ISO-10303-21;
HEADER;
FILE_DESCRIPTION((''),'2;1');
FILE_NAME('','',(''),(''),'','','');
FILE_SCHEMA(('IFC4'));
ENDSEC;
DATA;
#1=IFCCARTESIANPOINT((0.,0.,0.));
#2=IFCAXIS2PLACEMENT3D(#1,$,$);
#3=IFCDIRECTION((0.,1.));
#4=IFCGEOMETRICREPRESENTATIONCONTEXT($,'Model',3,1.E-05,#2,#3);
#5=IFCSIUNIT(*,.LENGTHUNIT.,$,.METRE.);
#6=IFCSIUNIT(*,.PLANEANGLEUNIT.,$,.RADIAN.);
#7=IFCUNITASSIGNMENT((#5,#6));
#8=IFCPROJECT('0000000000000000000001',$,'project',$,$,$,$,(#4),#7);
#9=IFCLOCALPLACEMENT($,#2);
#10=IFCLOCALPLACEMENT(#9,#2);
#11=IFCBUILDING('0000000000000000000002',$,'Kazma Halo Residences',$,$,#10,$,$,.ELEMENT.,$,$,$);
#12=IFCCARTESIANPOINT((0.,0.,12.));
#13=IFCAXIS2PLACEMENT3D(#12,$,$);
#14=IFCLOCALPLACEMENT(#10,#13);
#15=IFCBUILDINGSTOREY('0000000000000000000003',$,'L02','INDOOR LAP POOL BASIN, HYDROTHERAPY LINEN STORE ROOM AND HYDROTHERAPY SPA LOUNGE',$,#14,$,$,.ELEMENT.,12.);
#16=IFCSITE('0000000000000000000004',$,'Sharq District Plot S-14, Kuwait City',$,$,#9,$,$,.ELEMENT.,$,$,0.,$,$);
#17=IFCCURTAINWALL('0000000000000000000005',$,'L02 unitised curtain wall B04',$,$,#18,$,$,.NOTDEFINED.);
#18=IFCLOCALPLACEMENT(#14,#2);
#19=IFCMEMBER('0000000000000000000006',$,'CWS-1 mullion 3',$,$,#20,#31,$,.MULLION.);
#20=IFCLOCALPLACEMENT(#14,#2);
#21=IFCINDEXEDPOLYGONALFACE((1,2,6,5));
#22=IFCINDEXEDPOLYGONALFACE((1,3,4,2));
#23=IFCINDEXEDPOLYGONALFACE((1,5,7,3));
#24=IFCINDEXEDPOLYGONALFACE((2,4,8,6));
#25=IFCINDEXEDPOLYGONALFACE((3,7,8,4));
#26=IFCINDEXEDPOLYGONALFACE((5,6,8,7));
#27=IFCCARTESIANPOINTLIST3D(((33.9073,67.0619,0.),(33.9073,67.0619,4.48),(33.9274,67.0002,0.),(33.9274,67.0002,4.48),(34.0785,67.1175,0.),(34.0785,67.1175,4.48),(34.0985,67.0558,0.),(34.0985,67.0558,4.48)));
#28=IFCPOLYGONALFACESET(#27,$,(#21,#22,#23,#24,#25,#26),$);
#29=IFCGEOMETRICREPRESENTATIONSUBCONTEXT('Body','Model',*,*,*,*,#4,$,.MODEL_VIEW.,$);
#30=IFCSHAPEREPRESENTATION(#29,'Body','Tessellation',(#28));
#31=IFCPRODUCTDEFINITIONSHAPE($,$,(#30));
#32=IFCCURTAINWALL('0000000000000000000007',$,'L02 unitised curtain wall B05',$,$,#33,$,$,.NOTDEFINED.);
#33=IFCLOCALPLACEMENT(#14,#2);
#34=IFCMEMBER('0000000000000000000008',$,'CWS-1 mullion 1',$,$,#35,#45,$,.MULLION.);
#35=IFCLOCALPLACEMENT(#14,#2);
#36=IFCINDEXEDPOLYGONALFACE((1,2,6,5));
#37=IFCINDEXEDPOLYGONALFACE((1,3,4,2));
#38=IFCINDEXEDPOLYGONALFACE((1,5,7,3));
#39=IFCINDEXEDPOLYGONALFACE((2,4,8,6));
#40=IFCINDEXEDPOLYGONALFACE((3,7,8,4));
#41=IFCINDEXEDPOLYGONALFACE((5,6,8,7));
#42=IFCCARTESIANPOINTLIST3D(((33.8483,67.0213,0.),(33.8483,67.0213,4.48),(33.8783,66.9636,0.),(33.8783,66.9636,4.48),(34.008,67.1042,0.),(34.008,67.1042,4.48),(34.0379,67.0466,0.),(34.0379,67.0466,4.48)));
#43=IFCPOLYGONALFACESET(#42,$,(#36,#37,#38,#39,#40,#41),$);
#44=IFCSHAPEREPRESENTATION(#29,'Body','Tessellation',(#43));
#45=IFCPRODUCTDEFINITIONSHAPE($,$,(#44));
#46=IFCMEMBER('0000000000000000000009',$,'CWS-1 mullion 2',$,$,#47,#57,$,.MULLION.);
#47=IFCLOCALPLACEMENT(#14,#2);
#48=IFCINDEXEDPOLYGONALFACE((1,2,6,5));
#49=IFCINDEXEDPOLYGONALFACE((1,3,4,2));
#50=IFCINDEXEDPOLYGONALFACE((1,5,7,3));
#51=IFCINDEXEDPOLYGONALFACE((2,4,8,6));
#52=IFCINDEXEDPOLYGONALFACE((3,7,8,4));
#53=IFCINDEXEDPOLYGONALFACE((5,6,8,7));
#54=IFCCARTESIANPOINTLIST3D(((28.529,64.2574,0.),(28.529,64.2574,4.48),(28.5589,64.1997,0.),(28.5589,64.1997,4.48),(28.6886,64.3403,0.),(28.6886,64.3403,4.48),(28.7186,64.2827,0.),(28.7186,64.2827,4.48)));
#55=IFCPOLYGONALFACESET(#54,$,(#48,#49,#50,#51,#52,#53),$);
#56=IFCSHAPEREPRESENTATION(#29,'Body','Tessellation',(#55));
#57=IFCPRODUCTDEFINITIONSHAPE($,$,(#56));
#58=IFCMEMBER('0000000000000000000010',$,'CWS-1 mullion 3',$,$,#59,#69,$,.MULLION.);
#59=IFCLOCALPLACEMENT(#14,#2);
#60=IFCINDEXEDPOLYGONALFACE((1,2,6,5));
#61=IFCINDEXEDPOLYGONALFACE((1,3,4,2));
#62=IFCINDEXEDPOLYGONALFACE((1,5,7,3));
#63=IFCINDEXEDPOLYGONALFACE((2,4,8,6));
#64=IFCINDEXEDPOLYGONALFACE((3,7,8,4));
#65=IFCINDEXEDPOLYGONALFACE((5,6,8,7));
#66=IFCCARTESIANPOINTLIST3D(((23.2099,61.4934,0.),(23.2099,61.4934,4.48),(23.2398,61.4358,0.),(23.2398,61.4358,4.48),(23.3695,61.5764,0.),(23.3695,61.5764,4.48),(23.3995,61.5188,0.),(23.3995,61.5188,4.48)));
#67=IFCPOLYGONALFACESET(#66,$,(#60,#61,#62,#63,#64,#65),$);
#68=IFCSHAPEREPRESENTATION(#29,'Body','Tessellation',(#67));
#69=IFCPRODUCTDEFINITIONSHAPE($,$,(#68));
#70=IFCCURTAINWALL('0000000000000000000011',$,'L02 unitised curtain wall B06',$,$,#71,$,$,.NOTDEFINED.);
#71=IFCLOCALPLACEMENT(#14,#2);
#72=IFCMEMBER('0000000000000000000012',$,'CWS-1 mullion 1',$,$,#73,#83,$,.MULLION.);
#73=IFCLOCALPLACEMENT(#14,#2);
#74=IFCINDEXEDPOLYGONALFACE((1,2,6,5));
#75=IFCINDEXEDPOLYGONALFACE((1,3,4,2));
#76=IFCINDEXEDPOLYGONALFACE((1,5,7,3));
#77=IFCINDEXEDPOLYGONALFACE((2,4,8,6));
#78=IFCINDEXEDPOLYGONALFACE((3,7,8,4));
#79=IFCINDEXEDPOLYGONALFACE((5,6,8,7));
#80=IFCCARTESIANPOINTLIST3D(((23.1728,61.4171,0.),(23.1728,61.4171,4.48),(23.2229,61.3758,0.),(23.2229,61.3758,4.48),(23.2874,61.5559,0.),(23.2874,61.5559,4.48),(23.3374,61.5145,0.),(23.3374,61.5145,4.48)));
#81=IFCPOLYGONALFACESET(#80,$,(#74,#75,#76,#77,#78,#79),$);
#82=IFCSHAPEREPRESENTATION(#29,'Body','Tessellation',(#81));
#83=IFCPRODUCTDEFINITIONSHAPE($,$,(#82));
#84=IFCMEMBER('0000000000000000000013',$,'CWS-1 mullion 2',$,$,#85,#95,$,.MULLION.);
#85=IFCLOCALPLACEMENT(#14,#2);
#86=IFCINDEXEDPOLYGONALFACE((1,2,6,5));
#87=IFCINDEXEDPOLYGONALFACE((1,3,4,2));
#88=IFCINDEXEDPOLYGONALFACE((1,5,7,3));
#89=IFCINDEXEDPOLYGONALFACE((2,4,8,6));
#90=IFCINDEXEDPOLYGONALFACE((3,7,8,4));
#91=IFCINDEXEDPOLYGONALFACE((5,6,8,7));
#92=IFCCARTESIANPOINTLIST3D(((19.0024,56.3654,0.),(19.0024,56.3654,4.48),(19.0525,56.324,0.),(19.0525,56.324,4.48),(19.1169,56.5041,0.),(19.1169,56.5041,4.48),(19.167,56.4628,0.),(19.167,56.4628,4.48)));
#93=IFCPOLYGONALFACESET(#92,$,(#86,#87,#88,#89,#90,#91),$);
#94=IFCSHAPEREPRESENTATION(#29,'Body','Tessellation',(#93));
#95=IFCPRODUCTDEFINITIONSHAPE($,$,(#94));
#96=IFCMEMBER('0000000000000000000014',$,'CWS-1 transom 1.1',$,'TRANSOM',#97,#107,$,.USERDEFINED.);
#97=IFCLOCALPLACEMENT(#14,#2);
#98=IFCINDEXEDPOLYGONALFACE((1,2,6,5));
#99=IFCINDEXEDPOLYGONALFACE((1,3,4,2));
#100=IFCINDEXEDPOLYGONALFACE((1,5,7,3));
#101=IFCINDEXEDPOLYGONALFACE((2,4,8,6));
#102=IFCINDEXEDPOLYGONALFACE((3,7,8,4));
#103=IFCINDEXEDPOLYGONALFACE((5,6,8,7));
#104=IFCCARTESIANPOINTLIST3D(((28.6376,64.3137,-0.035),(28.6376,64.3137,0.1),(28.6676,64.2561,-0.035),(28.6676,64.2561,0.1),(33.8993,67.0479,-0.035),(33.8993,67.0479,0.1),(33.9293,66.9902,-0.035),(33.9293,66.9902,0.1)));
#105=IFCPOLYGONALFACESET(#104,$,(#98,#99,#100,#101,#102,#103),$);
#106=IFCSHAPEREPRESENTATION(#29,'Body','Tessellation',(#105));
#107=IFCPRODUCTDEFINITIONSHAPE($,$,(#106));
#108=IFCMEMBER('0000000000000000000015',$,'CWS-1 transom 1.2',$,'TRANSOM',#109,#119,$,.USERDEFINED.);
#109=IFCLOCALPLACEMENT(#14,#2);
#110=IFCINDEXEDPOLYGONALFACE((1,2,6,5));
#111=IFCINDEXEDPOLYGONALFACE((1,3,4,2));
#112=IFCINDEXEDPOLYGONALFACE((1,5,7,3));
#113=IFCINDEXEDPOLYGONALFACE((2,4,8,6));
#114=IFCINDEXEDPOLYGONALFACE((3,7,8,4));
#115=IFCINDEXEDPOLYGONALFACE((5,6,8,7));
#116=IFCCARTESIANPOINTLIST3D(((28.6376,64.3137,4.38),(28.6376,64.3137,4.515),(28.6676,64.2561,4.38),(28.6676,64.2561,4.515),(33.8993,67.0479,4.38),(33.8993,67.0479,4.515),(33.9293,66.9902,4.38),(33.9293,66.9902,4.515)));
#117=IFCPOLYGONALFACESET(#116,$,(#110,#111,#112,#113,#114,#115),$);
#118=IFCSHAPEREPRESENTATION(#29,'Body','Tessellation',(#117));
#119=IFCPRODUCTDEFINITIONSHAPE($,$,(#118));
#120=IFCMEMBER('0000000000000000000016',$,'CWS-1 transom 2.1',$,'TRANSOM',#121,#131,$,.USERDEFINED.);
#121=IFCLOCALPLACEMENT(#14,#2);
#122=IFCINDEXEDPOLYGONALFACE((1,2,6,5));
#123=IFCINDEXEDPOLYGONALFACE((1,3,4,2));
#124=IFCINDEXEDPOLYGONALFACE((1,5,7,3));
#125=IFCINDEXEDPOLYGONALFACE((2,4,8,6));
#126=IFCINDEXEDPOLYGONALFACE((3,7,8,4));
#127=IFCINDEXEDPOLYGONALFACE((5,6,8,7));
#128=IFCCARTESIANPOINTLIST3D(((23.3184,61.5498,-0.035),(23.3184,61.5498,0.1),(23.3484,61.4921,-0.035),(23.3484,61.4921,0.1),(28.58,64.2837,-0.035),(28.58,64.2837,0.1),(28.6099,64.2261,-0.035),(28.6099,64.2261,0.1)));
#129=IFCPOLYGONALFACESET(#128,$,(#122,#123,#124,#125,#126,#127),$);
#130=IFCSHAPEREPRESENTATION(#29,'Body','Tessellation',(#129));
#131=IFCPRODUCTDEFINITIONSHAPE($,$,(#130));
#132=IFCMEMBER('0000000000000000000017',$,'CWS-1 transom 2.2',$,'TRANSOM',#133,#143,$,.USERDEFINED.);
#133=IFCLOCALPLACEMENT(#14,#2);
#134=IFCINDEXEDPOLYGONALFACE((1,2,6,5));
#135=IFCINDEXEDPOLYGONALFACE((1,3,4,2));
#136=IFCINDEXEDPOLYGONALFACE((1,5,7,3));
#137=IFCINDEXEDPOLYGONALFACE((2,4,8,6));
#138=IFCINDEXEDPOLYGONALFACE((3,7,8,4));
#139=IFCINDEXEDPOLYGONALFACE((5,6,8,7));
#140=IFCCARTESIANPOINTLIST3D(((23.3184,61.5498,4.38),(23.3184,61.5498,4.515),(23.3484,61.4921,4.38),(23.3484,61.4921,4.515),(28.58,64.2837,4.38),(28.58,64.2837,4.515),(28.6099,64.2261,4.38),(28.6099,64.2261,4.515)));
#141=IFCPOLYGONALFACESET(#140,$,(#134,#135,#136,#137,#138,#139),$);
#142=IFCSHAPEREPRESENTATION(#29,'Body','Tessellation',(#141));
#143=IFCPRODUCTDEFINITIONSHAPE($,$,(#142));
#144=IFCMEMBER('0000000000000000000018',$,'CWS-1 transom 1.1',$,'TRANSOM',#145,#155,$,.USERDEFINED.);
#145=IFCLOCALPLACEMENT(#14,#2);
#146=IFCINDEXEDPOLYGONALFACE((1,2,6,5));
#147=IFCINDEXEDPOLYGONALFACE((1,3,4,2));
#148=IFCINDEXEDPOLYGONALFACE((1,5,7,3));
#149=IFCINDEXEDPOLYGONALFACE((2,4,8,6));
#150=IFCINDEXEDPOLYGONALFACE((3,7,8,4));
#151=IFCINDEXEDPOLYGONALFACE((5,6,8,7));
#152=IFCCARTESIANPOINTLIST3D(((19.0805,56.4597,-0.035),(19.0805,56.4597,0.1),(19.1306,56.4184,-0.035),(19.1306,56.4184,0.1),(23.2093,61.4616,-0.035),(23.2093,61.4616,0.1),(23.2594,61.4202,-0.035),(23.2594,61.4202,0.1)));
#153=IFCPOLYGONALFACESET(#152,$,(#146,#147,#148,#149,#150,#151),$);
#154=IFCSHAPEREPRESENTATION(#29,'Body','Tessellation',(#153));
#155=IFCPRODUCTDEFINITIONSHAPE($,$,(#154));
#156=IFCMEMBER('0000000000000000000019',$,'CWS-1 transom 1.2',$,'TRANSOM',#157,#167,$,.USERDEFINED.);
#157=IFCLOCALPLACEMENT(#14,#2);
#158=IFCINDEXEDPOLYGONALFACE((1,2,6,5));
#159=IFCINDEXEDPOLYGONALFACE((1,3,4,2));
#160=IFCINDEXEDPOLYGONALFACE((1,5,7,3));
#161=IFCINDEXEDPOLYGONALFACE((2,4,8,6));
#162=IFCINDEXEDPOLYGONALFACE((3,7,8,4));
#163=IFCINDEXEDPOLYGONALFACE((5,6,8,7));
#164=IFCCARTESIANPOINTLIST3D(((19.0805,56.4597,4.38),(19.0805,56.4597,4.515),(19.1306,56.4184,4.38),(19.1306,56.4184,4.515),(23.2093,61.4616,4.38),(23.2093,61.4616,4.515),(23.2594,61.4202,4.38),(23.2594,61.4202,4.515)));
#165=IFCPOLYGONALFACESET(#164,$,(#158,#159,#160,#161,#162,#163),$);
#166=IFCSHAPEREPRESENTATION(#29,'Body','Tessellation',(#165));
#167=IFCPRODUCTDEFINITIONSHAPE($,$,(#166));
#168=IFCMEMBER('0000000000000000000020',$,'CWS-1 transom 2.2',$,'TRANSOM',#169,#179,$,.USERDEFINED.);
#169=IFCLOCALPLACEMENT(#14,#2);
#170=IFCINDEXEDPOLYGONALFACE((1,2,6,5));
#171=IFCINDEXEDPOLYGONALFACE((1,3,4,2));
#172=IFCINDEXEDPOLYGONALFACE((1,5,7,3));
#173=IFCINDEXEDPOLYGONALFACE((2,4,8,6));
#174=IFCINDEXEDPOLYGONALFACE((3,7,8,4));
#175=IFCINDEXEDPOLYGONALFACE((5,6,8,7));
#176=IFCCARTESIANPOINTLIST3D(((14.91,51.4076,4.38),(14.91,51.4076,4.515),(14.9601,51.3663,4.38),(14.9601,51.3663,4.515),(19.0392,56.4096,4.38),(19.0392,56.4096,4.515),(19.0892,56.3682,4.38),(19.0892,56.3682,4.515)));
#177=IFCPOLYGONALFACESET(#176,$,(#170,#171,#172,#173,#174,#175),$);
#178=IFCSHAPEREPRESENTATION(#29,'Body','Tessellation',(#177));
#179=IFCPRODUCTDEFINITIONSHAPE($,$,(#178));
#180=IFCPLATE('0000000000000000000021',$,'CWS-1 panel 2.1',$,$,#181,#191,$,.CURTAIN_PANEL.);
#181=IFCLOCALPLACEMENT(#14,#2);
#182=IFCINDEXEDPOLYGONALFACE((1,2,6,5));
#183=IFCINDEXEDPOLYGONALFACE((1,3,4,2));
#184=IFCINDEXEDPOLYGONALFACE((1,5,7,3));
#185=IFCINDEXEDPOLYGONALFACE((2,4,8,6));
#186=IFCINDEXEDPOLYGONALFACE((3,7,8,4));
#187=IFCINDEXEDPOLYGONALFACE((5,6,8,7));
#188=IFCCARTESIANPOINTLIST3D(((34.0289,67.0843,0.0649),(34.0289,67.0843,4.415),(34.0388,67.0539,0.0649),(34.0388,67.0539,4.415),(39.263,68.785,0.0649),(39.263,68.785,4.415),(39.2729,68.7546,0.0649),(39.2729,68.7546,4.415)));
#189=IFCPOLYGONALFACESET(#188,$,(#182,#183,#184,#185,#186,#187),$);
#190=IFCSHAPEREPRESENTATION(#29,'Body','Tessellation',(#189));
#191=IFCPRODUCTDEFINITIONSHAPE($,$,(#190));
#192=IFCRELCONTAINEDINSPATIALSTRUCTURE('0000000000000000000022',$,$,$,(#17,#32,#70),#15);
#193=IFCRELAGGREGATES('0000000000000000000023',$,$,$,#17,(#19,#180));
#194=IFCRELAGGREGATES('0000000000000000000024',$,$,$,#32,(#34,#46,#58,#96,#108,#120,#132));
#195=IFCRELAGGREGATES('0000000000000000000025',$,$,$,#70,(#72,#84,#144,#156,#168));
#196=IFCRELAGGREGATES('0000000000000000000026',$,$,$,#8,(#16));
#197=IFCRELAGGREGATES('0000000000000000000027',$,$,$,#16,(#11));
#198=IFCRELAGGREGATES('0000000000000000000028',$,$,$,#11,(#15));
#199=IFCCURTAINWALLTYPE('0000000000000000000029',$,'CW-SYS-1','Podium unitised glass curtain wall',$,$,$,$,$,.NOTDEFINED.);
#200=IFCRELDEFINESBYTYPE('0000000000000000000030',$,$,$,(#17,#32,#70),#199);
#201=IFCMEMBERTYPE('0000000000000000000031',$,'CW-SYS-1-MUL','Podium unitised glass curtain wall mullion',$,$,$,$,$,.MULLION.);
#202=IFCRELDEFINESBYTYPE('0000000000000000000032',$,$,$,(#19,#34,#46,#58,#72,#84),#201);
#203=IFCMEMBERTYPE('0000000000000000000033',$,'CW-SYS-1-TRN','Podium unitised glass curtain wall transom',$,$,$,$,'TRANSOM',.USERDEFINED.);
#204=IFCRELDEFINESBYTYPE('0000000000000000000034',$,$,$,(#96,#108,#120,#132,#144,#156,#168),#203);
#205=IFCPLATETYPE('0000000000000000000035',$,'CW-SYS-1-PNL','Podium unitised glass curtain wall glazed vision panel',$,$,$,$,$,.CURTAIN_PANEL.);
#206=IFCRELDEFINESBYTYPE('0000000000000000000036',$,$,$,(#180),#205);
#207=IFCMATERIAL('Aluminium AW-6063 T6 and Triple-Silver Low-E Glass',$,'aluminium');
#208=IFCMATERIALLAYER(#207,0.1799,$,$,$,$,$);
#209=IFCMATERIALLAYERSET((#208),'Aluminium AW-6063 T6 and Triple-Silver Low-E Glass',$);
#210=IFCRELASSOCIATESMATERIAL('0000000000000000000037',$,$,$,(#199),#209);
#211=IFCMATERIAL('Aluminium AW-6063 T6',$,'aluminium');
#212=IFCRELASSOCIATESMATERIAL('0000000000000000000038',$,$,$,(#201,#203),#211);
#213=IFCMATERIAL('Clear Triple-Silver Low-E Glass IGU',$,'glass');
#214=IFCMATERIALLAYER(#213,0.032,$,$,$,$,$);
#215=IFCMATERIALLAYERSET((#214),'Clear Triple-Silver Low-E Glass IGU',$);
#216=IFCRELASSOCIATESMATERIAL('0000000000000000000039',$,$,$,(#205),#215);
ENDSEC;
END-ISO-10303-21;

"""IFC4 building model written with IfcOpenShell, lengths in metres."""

from ifc_helpers import new_model, si_unit, direction, frame, origin, origin_2d, place, context, subcontext, project, spatial, rectangle, extrude, material, layer, layer_set, material_profile, profile_set, type_object, element, aggregate, save


model = new_model("IFC4")

# Units and contexts
model_context = context("Model", 3, precision=1e-05, world=origin(), true_north=direction((0.0, 1.0)))
body_context = subcontext(model_context, "Body", "Model", "MODEL_VIEW")
ifc_project = project(units=[si_unit("LENGTHUNIT", "METRE"), si_unit("PLANEANGLEUNIT", "RADIAN")], contexts=[model_context])

# Site, building, storey
site_placement = place(None, origin())
site = spatial("IfcSite", under=ifc_project, at=site_placement, Name="Sharq District Plot S-14, Kuwait City", CompositionType="ELEMENT", RefElevation=0.0)
building_placement = place(site_placement, origin())
building = spatial("IfcBuilding", under=site, at=building_placement, Name="Kazma Halo Residences", CompositionType="ELEMENT")
storey_placement = place(building_placement, frame((0.0, 0.0, 12.0)))
storey = spatial("IfcBuildingStorey", under=building, at=storey_placement, Name="L02", Description="INDOOR LAP POOL BASIN, HYDROTHERAPY LINEN STORE ROOM AND HYDROTHERAPY SPA LOUNGE", CompositionType="ELEMENT", Elevation=12.0)

# Curtain wall, member
ifc_material_1 = material(Name="Aluminium AW-6063 T6 and Triple-Silver Low-E Glass", Category="aluminium")
ifc_layer_1 = layer(ifc_material_1, 0.1799)
ifc_layer_set_1 = layer_set([ifc_layer_1], Name="Aluminium AW-6063 T6 and Triple-Silver Low-E Glass")
curtain_wall_type = type_object("IfcCurtainWallType", Name="CW-SYS-1", Description="Podium unitised glass curtain wall", PredefinedType="NOTDEFINED", material=ifc_layer_set_1)
curtain_wall_1_placement = place(storey_placement, origin())
curtain_wall_1 = element("IfcCurtainWall", 1, at=curtain_wall_1_placement, inside=storey, type_object=curtain_wall_type, Name="L02 unitised curtain wall B04", PredefinedType="NOTDEFINED")
ifc_material_2 = material(Name="Aluminium AW-6063 T6", Category="aluminium")
ifc_material_profile_1 = material_profile(ifc_material_2, rectangle(XDim=0.0649, YDim=0.1799, at=origin_2d()), Name="CWM-65x180")
ifc_profile_set_1 = profile_set([ifc_material_profile_1], Name="Aluminium AW-6063 T6")
member_type_1 = type_object("IfcMemberType", Name="CW-SYS-1-MUL", Description="Podium unitised glass curtain wall mullion", PredefinedType="MULLION", material=ifc_profile_set_1)
member_1_placement = place(storey_placement, frame((34.0029, 67.0588, 0.0), z_axis=(0.0, 0.0, 1.0), x_axis=(0.309017, -0.951056, 0.0)))
member_1 = element("IfcMember", 2, at=member_1_placement, type_object=member_type_1, Name="CWS-1 mullion 3", PredefinedType="MULLION", context=body_context, shape_type="SweptSolid", body=[
    extrude(rectangle(XDim=0.0649, YDim=0.1799, at=origin_2d()), origin(), (0.0, 0.0, 1.0), 4.48),
])

# Curtain walls, members
curtain_wall_2_placement = place(storey_placement, origin())
curtain_wall_2 = element("IfcCurtainWall", 3, at=curtain_wall_2_placement, inside=storey, type_object=curtain_wall_type, Name="L02 unitised curtain wall B05", PredefinedType="NOTDEFINED")
member_2_placement = place(storey_placement, frame((33.9431, 67.0339, 0.0), z_axis=(0.0, 0.0, 1.0), x_axis=(0.461087, -0.887355, 0.0)))
member_2 = element("IfcMember", 4, at=member_2_placement, type_object=member_type_1, Name="CWS-1 mullion 1", PredefinedType="MULLION", context=body_context, shape_type="SweptSolid", body=[
    extrude(rectangle(XDim=0.0649, YDim=0.1799, at=origin_2d()), origin(), (0.0, 0.0, 1.0), 4.48),
])
member_3_placement = place(storey_placement, frame((28.6238, 64.27, 0.0), z_axis=(0.0, 0.0, 1.0), x_axis=(0.461087, -0.887355, 0.0)))
member_3 = element("IfcMember", 5, at=member_3_placement, type_object=member_type_1, Name="CWS-1 mullion 2", PredefinedType="MULLION", context=body_context, shape_type="SweptSolid", body=[
    extrude(rectangle(XDim=0.0649, YDim=0.1799, at=origin_2d()), origin(), (0.0, 0.0, 1.0), 4.48),
])
member_4_placement = place(storey_placement, frame((23.3047, 61.5061, 0.0), z_axis=(0.0, 0.0, 1.0), x_axis=(0.461087, -0.887355, 0.0)))
member_4 = element("IfcMember", 6, at=member_4_placement, type_object=member_type_1, Name="CWS-1 mullion 3", PredefinedType="MULLION", context=body_context, shape_type="SweptSolid", body=[
    extrude(rectangle(XDim=0.0649, YDim=0.1799, at=origin_2d()), origin(), (0.0, 0.0, 1.0), 4.48),
])
curtain_wall_3_placement = place(storey_placement, origin())
curtain_wall_3 = element("IfcCurtainWall", 7, at=curtain_wall_3_placement, inside=storey, type_object=curtain_wall_type, Name="L02 unitised curtain wall B06", PredefinedType="NOTDEFINED")
member_5_placement = place(storey_placement, frame((23.2551, 61.4658, 0.0), z_axis=(0.0, 0.0, 1.0), x_axis=(0.771192, -0.636603, 0.0)))
member_5 = element("IfcMember", 8, at=member_5_placement, type_object=member_type_1, Name="CWS-1 mullion 1", PredefinedType="MULLION", context=body_context, shape_type="SweptSolid", body=[
    extrude(rectangle(XDim=0.0649, YDim=0.1799, at=origin_2d()), origin(), (0.0, 0.0, 1.0), 4.48),
])
member_6_placement = place(storey_placement, frame((19.0847, 56.4141, 0.0), z_axis=(0.0, 0.0, 1.0), x_axis=(0.771192, -0.636603, 0.0)))
member_6 = element("IfcMember", 9, at=member_6_placement, type_object=member_type_1, Name="CWS-1 mullion 2", PredefinedType="MULLION", context=body_context, shape_type="SweptSolid", body=[
    extrude(rectangle(XDim=0.0649, YDim=0.1799, at=origin_2d()), origin(), (0.0, 0.0, 1.0), 4.48),
])

# Members
ifc_material_profile_2 = material_profile(ifc_material_2, rectangle(XDim=0.0649, YDim=0.135, at=origin_2d()), Name="CWT-65x135")
ifc_profile_set_2 = profile_set([ifc_material_profile_2], Name="Aluminium AW-6063 T6")
member_type_2 = type_object("IfcMemberType", Name="CW-SYS-1-TRN", Description="Podium unitised glass curtain wall transom", ElementType="TRANSOM", PredefinedType="USERDEFINED", material=ifc_profile_set_2)
member_7_placement = place(storey_placement, frame((33.9143, 67.019, 0.0325), z_axis=(-0.887352, -0.461092, 0.0), x_axis=(0.461092, -0.887352, 0.0)))
member_7 = element("IfcMember", 10, at=member_7_placement, type_object=member_type_2, Name="CWS-1 transom 1.1", ObjectType="TRANSOM", PredefinedType="USERDEFINED", context=body_context, shape_type="SweptSolid", body=[
    extrude(rectangle(XDim=0.0649, YDim=0.135, at=origin_2d()), origin(), (0.0, 0.0, 1.0), 5.9297),
])
member_8_placement = place(storey_placement, frame((33.9143, 67.019, 4.4475), z_axis=(-0.887352, -0.461092, 0.0), x_axis=(0.461092, -0.887352, 0.0)))
member_8 = element("IfcMember", 11, at=member_8_placement, type_object=member_type_2, Name="CWS-1 transom 1.2", ObjectType="TRANSOM", PredefinedType="USERDEFINED", context=body_context, shape_type="SweptSolid", body=[
    extrude(rectangle(XDim=0.0649, YDim=0.135, at=origin_2d()), origin(), (0.0, 0.0, 1.0), 5.9297),
])
member_9_placement = place(storey_placement, frame((28.595, 64.2549, 0.0325), z_axis=(-0.88736, -0.461077, 0.0), x_axis=(0.461077, -0.88736, 0.0)))
member_9 = element("IfcMember", 12, at=member_9_placement, type_object=member_type_2, Name="CWS-1 transom 2.1", ObjectType="TRANSOM", PredefinedType="USERDEFINED", context=body_context, shape_type="SweptSolid", body=[
    extrude(rectangle(XDim=0.0649, YDim=0.135, at=origin_2d()), origin(), (0.0, 0.0, 1.0), 5.9294),
])
member_10_placement = place(storey_placement, frame((28.595, 64.2549, 4.4475), z_axis=(-0.88736, -0.461077, 0.0), x_axis=(0.461077, -0.88736, 0.0)))
member_10 = element("IfcMember", 13, at=member_10_placement, type_object=member_type_2, Name="CWS-1 transom 2.2", ObjectType="TRANSOM", PredefinedType="USERDEFINED", context=body_context, shape_type="SweptSolid", body=[
    extrude(rectangle(XDim=0.0649, YDim=0.135, at=origin_2d()), origin(), (0.0, 0.0, 1.0), 5.9294),
])
member_11_placement = place(storey_placement, frame((23.2344, 61.4409, 0.0325), z_axis=(-0.636593, -0.7712, 0.0), x_axis=(0.7712, -0.636593, 0.0)))
member_11 = element("IfcMember", 14, at=member_11_placement, type_object=member_type_2, Name="CWS-1 transom 1.1", ObjectType="TRANSOM", PredefinedType="USERDEFINED", context=body_context, shape_type="SweptSolid", body=[
    extrude(rectangle(XDim=0.0649, YDim=0.135, at=origin_2d()), origin(), (0.0, 0.0, 1.0), 6.4858),
])
member_12_placement = place(storey_placement, frame((23.2344, 61.4409, 4.4475), z_axis=(-0.636593, -0.7712, 0.0), x_axis=(0.7712, -0.636593, 0.0)))
member_12 = element("IfcMember", 15, at=member_12_placement, type_object=member_type_2, Name="CWS-1 transom 1.2", ObjectType="TRANSOM", PredefinedType="USERDEFINED", context=body_context, shape_type="SweptSolid", body=[
    extrude(rectangle(XDim=0.0649, YDim=0.135, at=origin_2d()), origin(), (0.0, 0.0, 1.0), 6.4858),
])
member_13_placement = place(storey_placement, frame((19.0642, 56.3889, 4.4475), z_axis=(-0.636616, -0.771181, 0.0), x_axis=(0.771181, -0.636616, 0.0)))
member_13 = element("IfcMember", 16, at=member_13_placement, type_object=member_type_2, Name="CWS-1 transom 2.2", ObjectType="TRANSOM", PredefinedType="USERDEFINED", context=body_context, shape_type="SweptSolid", body=[
    extrude(rectangle(XDim=0.0649, YDim=0.135, at=origin_2d()), origin(), (0.0, 0.0, 1.0), 6.4861),
])

# Plate
ifc_material_3 = material(Name="Clear Triple-Silver Low-E Glass IGU", Category="glass")
ifc_layer_2 = layer(ifc_material_3, 0.032)
ifc_layer_set_2 = layer_set([ifc_layer_2], Name="Clear Triple-Silver Low-E Glass IGU")
plate_type = type_object("IfcPlateType", Name="CW-SYS-1-PNL", Description="Podium unitised glass curtain wall glazed vision panel", PredefinedType="CURTAIN_PANEL", material=ifc_layer_set_2)
plate_1_placement = place(storey_placement, frame((36.6509, 67.9194, 0.0649), z_axis=(0.0, 0.0, 1.0), x_axis=(-0.951056, -0.309017, 0.0)))
plate_1 = element("IfcPlate", 17, at=plate_1_placement, type_object=plate_type, Name="CWS-1 panel 2.1", PredefinedType="CURTAIN_PANEL", context=body_context, shape_type="SweptSolid", body=[
    extrude(rectangle(XDim=5.5034, YDim=0.032, at=origin_2d()), origin(), (0.0, 0.0, 1.0), 4.3501),
])
aggregate(curtain_wall_1, [member_1, plate_1])
aggregate(curtain_wall_2, [member_2, member_3, member_4, member_7, member_8, member_9, member_10])
aggregate(curtain_wall_3, [member_5, member_6, member_11, member_12, member_13])

save(model, "model.ifc")
